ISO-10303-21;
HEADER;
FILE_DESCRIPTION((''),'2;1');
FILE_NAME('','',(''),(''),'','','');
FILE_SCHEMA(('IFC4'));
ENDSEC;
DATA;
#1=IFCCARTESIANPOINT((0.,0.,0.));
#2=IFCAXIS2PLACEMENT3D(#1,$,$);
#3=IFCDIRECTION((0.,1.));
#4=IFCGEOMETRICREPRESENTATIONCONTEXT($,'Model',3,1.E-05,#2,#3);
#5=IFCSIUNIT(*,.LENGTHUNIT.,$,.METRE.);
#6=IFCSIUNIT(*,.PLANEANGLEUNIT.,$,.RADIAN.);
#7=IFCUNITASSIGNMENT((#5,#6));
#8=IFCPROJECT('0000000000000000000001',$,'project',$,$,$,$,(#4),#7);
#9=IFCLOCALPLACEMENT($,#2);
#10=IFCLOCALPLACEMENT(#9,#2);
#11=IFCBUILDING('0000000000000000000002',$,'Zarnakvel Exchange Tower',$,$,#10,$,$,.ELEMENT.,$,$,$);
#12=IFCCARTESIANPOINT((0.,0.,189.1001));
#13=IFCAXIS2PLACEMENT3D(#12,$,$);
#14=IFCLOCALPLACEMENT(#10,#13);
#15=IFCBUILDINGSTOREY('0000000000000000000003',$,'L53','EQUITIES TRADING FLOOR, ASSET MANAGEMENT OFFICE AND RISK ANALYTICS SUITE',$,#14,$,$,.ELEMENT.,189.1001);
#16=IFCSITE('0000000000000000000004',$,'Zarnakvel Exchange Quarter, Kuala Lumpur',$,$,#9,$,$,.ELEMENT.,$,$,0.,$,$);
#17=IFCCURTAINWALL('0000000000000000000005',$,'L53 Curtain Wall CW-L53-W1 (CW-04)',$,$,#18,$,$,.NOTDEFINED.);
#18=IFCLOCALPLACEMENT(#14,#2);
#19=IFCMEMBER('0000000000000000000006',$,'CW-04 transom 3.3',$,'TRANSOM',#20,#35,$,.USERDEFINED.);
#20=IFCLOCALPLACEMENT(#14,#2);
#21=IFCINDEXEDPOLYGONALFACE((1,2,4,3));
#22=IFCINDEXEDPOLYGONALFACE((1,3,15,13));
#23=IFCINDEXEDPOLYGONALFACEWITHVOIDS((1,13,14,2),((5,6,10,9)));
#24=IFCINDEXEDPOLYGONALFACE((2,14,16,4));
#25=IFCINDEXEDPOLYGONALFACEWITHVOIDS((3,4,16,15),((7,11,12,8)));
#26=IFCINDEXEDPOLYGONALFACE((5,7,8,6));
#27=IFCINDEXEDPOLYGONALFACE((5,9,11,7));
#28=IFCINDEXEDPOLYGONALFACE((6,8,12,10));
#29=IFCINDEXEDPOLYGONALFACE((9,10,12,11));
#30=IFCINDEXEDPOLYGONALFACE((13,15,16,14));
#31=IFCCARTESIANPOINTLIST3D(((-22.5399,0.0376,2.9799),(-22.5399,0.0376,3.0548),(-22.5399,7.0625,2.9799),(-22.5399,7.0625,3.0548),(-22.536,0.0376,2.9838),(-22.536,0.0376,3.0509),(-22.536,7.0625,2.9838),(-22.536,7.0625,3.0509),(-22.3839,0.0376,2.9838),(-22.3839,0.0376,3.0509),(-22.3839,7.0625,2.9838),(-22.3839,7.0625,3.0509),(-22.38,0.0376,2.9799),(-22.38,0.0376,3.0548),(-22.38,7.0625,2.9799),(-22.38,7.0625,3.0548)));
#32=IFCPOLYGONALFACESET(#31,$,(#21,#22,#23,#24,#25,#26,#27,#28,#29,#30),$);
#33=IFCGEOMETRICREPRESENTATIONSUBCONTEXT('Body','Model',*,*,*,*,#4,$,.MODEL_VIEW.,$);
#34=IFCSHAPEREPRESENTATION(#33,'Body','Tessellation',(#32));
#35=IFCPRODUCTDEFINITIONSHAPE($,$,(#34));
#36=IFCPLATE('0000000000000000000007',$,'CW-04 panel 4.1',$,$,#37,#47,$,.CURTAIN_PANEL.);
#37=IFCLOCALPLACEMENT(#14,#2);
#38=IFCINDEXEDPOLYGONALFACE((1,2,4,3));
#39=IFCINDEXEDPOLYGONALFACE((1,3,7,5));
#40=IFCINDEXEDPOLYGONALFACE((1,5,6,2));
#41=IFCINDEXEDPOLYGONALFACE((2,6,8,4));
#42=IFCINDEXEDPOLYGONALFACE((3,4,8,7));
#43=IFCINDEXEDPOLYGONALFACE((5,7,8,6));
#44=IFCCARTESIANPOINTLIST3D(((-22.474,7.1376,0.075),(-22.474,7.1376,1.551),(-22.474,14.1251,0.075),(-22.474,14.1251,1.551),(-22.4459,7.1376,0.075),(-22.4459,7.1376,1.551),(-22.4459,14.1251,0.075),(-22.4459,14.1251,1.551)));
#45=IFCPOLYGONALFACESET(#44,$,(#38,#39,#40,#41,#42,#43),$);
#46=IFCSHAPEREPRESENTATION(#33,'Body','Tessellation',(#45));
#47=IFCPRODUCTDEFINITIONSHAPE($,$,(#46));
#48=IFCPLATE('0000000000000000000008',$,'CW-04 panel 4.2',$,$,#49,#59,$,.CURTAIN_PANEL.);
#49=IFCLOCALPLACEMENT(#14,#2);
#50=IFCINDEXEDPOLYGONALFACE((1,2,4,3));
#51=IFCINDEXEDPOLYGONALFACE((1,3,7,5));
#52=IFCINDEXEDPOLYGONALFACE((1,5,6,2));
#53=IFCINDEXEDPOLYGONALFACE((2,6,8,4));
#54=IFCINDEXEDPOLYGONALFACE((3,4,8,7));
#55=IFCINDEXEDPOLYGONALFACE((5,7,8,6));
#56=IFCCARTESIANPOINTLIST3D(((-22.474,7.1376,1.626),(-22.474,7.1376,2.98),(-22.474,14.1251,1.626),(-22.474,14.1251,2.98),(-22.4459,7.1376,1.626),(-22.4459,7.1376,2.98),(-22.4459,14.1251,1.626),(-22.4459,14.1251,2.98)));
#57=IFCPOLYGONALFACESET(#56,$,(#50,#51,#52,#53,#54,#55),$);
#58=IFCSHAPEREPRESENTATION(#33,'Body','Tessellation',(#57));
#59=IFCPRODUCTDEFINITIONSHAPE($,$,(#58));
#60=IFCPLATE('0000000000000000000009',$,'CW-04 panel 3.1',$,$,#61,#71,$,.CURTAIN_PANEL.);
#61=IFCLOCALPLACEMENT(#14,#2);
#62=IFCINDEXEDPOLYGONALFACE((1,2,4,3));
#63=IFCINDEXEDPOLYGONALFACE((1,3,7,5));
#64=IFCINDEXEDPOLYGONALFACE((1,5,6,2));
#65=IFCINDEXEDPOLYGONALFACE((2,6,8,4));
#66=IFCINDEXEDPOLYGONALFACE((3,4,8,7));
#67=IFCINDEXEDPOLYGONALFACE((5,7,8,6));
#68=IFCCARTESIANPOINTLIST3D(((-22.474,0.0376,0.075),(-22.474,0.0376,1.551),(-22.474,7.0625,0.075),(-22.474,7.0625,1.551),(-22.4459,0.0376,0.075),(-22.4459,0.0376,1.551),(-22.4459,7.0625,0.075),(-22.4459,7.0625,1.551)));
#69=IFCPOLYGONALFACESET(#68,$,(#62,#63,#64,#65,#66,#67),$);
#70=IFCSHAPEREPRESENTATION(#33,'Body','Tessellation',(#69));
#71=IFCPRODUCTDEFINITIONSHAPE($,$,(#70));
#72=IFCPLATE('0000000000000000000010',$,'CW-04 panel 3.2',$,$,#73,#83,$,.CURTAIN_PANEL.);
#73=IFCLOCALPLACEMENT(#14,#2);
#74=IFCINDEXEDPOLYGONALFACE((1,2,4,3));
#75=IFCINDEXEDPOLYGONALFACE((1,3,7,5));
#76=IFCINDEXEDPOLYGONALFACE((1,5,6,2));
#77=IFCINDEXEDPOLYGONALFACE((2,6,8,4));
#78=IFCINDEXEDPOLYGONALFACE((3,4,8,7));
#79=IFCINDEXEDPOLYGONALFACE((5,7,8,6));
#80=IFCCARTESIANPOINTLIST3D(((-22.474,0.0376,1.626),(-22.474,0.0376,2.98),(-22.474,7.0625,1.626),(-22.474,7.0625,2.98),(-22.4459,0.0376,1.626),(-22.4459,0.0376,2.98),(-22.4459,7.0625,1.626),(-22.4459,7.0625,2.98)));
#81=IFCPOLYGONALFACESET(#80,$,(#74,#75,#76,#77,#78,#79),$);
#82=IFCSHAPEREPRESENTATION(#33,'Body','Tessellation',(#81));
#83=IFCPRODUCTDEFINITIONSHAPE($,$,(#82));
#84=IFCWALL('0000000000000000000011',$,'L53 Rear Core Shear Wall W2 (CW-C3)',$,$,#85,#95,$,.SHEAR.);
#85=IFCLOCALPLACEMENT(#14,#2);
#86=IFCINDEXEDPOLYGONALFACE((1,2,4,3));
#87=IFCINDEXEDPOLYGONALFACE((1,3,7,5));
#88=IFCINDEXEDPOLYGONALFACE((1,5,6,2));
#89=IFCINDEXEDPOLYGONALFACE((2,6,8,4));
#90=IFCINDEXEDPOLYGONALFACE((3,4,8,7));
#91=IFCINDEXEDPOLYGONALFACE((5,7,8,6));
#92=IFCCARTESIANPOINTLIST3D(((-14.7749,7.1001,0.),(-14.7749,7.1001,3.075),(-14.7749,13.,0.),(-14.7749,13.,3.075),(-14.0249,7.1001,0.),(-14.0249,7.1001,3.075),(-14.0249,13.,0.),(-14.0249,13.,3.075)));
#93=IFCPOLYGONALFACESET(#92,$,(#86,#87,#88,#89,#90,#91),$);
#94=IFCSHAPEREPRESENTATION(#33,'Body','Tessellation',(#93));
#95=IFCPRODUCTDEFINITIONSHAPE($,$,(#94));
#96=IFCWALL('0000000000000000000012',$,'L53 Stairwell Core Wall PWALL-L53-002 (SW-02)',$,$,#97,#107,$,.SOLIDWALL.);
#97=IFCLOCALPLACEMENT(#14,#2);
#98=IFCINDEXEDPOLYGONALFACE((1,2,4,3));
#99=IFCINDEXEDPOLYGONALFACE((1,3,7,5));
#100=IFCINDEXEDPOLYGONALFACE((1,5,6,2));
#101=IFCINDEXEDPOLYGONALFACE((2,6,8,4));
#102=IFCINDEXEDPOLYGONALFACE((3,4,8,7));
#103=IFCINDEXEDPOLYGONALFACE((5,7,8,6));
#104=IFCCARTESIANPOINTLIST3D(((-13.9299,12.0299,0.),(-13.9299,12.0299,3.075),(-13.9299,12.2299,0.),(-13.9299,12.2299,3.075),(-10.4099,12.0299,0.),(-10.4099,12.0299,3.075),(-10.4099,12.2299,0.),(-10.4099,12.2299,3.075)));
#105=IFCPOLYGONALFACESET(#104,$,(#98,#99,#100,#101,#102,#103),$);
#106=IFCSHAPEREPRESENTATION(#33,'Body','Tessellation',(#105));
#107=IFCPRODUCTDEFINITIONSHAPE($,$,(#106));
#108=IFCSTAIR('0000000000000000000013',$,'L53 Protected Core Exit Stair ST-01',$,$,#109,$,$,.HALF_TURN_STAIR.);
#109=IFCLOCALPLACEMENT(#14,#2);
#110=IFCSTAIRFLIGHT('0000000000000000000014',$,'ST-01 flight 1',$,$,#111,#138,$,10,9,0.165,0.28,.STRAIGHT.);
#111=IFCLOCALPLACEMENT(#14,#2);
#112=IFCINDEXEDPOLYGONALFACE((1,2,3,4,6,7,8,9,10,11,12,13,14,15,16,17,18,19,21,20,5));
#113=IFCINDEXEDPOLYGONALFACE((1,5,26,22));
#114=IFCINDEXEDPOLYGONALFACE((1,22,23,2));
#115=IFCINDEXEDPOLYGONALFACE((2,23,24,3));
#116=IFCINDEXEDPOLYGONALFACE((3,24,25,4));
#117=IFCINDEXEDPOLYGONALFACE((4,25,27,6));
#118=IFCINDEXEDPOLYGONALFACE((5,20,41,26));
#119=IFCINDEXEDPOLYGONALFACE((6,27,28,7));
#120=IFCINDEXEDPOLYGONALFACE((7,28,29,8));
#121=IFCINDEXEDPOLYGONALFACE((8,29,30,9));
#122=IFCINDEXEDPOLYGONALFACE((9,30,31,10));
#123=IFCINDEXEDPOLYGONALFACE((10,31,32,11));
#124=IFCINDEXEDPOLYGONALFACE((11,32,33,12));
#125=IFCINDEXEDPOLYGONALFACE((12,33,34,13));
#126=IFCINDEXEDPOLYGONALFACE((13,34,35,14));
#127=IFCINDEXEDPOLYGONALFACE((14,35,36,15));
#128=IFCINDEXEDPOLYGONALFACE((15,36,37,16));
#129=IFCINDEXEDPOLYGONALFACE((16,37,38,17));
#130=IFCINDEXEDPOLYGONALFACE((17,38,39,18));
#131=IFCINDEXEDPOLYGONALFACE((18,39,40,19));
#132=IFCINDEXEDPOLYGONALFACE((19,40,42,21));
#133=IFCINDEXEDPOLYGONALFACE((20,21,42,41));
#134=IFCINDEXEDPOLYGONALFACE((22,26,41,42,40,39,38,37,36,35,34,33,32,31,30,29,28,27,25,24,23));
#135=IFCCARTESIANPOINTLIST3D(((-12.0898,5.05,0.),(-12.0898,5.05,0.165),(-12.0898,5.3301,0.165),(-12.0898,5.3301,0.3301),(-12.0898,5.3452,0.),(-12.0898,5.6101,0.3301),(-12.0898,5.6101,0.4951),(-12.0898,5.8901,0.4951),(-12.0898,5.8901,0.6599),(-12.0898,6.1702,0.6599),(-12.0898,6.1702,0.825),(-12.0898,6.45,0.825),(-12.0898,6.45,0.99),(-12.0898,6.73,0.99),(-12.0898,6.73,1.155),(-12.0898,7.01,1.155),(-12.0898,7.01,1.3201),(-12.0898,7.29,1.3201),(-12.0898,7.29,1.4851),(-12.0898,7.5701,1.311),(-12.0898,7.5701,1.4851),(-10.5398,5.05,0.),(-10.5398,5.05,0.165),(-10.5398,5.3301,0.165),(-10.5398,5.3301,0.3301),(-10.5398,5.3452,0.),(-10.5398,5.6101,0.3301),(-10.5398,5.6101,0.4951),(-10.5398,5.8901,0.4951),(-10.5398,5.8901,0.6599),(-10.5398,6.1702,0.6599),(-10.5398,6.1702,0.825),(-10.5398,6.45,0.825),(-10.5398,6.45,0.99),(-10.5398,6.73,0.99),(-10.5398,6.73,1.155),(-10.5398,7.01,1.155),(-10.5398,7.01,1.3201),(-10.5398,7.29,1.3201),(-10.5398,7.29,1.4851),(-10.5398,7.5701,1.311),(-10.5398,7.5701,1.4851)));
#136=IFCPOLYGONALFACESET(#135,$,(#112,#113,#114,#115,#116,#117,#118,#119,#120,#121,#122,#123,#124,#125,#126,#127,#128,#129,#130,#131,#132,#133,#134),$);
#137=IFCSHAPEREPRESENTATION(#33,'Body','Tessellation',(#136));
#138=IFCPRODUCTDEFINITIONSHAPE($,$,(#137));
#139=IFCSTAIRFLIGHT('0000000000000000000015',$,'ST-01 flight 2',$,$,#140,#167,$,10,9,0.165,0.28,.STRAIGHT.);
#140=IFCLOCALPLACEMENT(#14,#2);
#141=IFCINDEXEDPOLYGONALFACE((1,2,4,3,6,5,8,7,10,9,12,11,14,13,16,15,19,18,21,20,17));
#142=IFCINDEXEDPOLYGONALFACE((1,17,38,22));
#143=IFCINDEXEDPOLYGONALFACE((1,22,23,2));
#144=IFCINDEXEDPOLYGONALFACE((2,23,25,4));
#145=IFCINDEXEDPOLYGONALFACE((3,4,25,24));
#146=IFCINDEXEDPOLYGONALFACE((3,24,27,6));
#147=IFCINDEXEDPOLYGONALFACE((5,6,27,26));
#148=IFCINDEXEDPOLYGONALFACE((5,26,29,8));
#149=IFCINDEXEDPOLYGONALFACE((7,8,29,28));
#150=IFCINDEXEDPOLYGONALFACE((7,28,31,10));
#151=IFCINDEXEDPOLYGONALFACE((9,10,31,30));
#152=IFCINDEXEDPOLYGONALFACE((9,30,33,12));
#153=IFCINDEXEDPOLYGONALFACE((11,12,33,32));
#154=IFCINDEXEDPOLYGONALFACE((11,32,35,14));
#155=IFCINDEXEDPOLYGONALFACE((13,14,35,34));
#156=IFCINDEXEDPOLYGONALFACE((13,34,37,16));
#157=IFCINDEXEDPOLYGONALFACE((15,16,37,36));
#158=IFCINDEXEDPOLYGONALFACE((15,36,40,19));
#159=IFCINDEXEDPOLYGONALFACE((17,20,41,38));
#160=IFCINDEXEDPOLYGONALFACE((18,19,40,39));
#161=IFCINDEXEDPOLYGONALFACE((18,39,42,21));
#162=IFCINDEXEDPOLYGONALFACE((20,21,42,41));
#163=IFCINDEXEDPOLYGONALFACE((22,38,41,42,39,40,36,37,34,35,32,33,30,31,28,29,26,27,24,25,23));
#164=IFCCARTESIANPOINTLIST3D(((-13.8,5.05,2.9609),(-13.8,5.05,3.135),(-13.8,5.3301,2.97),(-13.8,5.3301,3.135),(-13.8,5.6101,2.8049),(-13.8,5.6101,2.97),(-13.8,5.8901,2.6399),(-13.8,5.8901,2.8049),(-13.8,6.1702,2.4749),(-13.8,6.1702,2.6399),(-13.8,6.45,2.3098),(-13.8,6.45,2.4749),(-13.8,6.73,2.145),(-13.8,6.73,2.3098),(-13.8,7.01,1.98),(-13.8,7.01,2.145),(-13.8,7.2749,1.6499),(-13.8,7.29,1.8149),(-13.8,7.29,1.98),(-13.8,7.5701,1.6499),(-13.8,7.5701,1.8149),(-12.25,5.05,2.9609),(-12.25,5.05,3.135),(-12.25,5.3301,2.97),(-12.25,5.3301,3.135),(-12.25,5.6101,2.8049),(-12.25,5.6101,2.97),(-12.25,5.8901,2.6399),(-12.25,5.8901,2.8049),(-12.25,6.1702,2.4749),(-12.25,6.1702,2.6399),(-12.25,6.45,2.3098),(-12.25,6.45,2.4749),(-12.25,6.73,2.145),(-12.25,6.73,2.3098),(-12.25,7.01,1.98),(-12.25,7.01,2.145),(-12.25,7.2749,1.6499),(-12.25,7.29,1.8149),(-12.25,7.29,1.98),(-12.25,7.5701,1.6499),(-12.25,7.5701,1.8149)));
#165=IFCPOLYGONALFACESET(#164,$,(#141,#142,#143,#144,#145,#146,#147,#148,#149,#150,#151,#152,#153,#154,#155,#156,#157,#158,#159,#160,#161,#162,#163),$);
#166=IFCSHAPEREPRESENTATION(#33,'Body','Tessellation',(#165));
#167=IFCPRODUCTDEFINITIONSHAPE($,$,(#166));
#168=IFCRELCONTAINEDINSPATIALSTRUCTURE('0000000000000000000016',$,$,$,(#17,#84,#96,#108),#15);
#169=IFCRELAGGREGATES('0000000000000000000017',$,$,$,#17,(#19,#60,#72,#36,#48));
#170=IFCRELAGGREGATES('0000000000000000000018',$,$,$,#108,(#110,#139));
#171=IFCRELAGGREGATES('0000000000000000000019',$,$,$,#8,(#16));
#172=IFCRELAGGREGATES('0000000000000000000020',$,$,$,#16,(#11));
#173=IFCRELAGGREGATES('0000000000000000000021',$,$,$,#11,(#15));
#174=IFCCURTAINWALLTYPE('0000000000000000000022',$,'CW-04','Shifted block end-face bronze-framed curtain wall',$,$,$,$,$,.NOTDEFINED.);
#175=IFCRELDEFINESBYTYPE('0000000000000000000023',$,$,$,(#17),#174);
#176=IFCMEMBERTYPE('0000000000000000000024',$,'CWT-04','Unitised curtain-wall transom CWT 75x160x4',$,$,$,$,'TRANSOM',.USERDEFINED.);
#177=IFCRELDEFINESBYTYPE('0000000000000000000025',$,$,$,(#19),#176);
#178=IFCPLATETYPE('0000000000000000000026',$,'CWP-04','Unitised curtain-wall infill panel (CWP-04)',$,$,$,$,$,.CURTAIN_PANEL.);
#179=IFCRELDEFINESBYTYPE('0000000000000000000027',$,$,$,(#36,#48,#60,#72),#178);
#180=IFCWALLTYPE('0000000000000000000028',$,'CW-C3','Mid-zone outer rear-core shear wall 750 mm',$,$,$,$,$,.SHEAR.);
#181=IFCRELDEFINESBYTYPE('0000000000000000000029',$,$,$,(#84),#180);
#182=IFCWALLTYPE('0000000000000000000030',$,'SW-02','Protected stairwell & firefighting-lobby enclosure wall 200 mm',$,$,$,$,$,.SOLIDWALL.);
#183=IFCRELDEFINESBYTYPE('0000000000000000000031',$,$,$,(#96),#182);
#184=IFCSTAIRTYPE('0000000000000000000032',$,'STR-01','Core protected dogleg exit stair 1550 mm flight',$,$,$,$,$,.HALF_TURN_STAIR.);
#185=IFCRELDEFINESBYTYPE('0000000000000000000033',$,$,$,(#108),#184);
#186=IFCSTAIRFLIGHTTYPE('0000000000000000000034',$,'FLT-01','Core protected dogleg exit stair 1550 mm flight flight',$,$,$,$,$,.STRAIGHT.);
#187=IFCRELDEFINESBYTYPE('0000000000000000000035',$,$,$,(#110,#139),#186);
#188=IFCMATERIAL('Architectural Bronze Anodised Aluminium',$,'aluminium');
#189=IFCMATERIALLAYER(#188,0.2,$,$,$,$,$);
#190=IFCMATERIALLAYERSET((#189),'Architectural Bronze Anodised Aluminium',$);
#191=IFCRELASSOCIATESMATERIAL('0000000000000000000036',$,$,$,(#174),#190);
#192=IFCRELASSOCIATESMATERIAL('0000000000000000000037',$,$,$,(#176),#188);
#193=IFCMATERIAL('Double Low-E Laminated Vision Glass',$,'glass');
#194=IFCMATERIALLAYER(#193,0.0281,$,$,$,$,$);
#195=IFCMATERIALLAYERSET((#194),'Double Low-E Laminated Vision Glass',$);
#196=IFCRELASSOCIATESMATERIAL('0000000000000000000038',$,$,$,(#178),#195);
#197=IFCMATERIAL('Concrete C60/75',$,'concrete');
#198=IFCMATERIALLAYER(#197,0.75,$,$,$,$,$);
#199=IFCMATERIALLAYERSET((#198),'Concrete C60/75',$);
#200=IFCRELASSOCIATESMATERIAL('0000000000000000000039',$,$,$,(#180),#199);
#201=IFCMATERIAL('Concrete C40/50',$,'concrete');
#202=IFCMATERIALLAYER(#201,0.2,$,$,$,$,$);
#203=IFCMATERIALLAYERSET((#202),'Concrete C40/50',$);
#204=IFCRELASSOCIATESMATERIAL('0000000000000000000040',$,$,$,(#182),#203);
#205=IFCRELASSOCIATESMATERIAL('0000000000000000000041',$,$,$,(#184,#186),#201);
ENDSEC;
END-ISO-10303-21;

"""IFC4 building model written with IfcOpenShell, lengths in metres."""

from ifc_helpers import new_model, si_unit, direction, frame, frame_2d, origin, origin_2d, place, context, subcontext, project, spatial, polyline, rectangle, hollow_rectangle, outline, extrude, source, transform, mapped, material, layer, layer_set, material_profile, profile_set, type_object, element, aggregate, save


model = new_model("IFC4")

# Units and contexts
model_context = context("Model", 3, precision=1e-05, world=origin(), true_north=direction((0.0, 1.0)))
body_context = subcontext(model_context, "Body", "Model", "MODEL_VIEW")
ifc_project = project(units=[si_unit("LENGTHUNIT", "METRE"), si_unit("PLANEANGLEUNIT", "RADIAN")], contexts=[model_context])

# Site, building, storey
site_placement = place(None, origin())
site = spatial("IfcSite", under=ifc_project, at=site_placement, Name="Zarnakvel Exchange Quarter, Kuala Lumpur", CompositionType="ELEMENT", RefElevation=0.0)
building_placement = place(site_placement, origin())
building = spatial("IfcBuilding", under=site, at=building_placement, Name="Zarnakvel Exchange Tower", CompositionType="ELEMENT")
storey_placement = place(building_placement, frame((0.0, 0.0, 189.1001)))
storey = spatial("IfcBuildingStorey", under=building, at=storey_placement, Name="L53", Description="EQUITIES TRADING FLOOR, ASSET MANAGEMENT OFFICE AND RISK ANALYTICS SUITE", CompositionType="ELEMENT", Elevation=189.1001)

# Shared definitions
ifc_material_1 = material(Name="Concrete C60/75", Category="concrete")

# Curtain wall, member, plates
ifc_material_2 = material(Name="Architectural Bronze Anodised Aluminium", Category="aluminium")
ifc_layer_1 = layer(ifc_material_2, 0.2)
ifc_layer_set_1 = layer_set([ifc_layer_1], Name="Architectural Bronze Anodised Aluminium")
curtain_wall_type = type_object("IfcCurtainWallType", Name="CW-04", Description="Shifted block end-face bronze-framed curtain wall", PredefinedType="NOTDEFINED", material=ifc_layer_set_1)
curtain_wall_placement = place(storey_placement, origin())
curtain_wall = element("IfcCurtainWall", 1, at=curtain_wall_placement, inside=storey, type_object=curtain_wall_type, Name="L53 Curtain Wall CW-L53-W1 (CW-04)", PredefinedType="NOTDEFINED")
ifc_material_profile_1 = material_profile(ifc_material_2, hollow_rectangle(XDim=0.1599, YDim=0.075, WallThickness=0.0039, at=origin_2d()))
ifc_profile_set_1 = profile_set([ifc_material_profile_1], Name="Architectural Bronze Anodised Aluminium")
member_type_1 = type_object("IfcMemberType", Name="CWT-04", Description="Unitised curtain-wall transom CWT 75x160x4", ElementType="TRANSOM", PredefinedType="USERDEFINED", material=ifc_profile_set_1)
shared_shape_1 = source(origin(), body_context, "Body", "SweptSolid", [
    extrude(hollow_rectangle(XDim=0.1599, YDim=0.075, WallThickness=0.0039, at=origin_2d()), origin(), (0.0, 0.0, 1.0), 7.0249),
])
member_1_placement = place(storey_placement, frame((-22.46, 0.0376, 3.0173), z_axis=(0.0, 1.0, 0.0), x_axis=(-1.0, 0.0, 0.0)))
member_1 = element("IfcMember", 2, at=member_1_placement, type_object=member_type_1, Name="CW-04 transom 3.3", ObjectType="TRANSOM", PredefinedType="USERDEFINED", context=body_context, shape_type="MappedRepresentation", body=[
    mapped(shared_shape_1, transform((0.0, 0.0, 0.0), x_axis=(1.0, 0.0, 0.0), y_axis=(0.0, 1.0, 0.0), z_axis=(0.0, 0.0, 1.0), scale=1.0)),
])
ifc_material_3 = material(Name="Double Low-E Laminated Vision Glass", Category="glass")
ifc_layer_2 = layer(ifc_material_3, 0.0281)
ifc_layer_set_2 = layer_set([ifc_layer_2], Name="Double Low-E Laminated Vision Glass")
plate_type = type_object("IfcPlateType", Name="CWP-04", Description="Unitised curtain-wall infill panel (CWP-04)", PredefinedType="CURTAIN_PANEL", material=ifc_layer_set_2)
shared_shape_2 = source(origin(), body_context, "Body", "SweptSolid", [
    extrude(rectangle(XDim=6.9875, YDim=0.0281, at=origin_2d()), origin(), (0.0, 0.0, 1.0), 1.4761),
])
plate_1_placement = place(storey_placement, frame((-22.46, 10.6313, 0.075), z_axis=(0.0, 0.0, 1.0), x_axis=(0.0, 1.0, 0.0)))
plate_1 = element("IfcPlate", 3, at=plate_1_placement, type_object=plate_type, Name="CW-04 panel 4.1", PredefinedType="CURTAIN_PANEL", context=body_context, shape_type="MappedRepresentation", body=[
    mapped(shared_shape_2, transform((0.0, 0.0, 0.0), x_axis=(1.0, 0.0, 0.0), y_axis=(0.0, 1.0, 0.0), z_axis=(0.0, 0.0, 1.0), scale=1.0)),
])
shared_shape_3 = source(origin(), body_context, "Body", "SweptSolid", [
    extrude(rectangle(XDim=6.9875, YDim=0.0281, at=origin_2d()), origin(), (0.0, 0.0, 1.0), 1.354),
])
plate_2_placement = place(storey_placement, frame((-22.46, 10.6313, 1.626), z_axis=(0.0, 0.0, 1.0), x_axis=(0.0, 1.0, 0.0)))
plate_2 = element("IfcPlate", 4, at=plate_2_placement, type_object=plate_type, Name="CW-04 panel 4.2", PredefinedType="CURTAIN_PANEL", context=body_context, shape_type="MappedRepresentation", body=[
    mapped(shared_shape_3, transform((0.0, 0.0, 0.0), x_axis=(1.0, 0.0, 0.0), y_axis=(0.0, 1.0, 0.0), z_axis=(0.0, 0.0, 1.0), scale=1.0)),
])
shared_shape_4 = source(origin(), body_context, "Body", "SweptSolid", [
    extrude(rectangle(XDim=7.0249, YDim=0.0281, at=origin_2d()), origin(), (0.0, 0.0, 1.0), 1.4761),
])
plate_3_placement = place(storey_placement, frame((-22.46, 3.55, 0.075), z_axis=(0.0, 0.0, 1.0), x_axis=(0.0, 1.0, 0.0)))
plate_3 = element("IfcPlate", 5, at=plate_3_placement, type_object=plate_type, Name="CW-04 panel 3.1", PredefinedType="CURTAIN_PANEL", context=body_context, shape_type="MappedRepresentation", body=[
    mapped(shared_shape_4, transform((0.0, 0.0, 0.0), x_axis=(1.0, 0.0, 0.0), y_axis=(0.0, 1.0, 0.0), z_axis=(0.0, 0.0, 1.0), scale=1.0)),
])
shared_shape_5 = source(origin(), body_context, "Body", "SweptSolid", [
    extrude(rectangle(XDim=7.0249, YDim=0.0281, at=origin_2d()), origin(), (0.0, 0.0, 1.0), 1.354),
])
plate_4_placement = place(storey_placement, frame((-22.46, 3.55, 1.626), z_axis=(0.0, 0.0, 1.0), x_axis=(0.0, 1.0, 0.0)))
plate_4 = element("IfcPlate", 6, at=plate_4_placement, type_object=plate_type, Name="CW-04 panel 3.2", PredefinedType="CURTAIN_PANEL", context=body_context, shape_type="MappedRepresentation", body=[
    mapped(shared_shape_5, transform((0.0, 0.0, 0.0), x_axis=(1.0, 0.0, 0.0), y_axis=(0.0, 1.0, 0.0), z_axis=(0.0, 0.0, 1.0), scale=1.0)),
])
aggregate(curtain_wall, [member_1, plate_3, plate_4, plate_1, plate_2])

# Walls
ifc_layer_3 = layer(ifc_material_1, 0.75)
ifc_layer_set_3 = layer_set([ifc_layer_3], Name="Concrete C60/75")
wall_type_1 = type_object("IfcWallType", Name="CW-C3", Description="Mid-zone outer rear-core shear wall 750 mm", PredefinedType="SHEAR", material=ifc_layer_set_3)
wall_1_placement = place(storey_placement, frame((-14.3999, 7.1001, 0.0), z_axis=(0.0, 0.0, 1.0), x_axis=(0.0, 1.0, 0.0)))
element("IfcWall", 7, at=wall_1_placement, inside=storey, type_object=wall_type_1, Name="L53 Rear Core Shear Wall W2 (CW-C3)", PredefinedType="SHEAR", context=body_context, shape_type="SweptSolid", body=[
    extrude(rectangle(XDim=5.8999, YDim=0.75, at=frame_2d((2.95, 0.0))), origin(), (0.0, 0.0, 1.0), 3.075),
])
ifc_material_4 = material(Name="Concrete C40/50", Category="concrete")
ifc_layer_4 = layer(ifc_material_4, 0.2)
ifc_layer_set_4 = layer_set([ifc_layer_4], Name="Concrete C40/50")
wall_type_2 = type_object("IfcWallType", Name="SW-02", Description="Protected stairwell & firefighting-lobby enclosure wall 200 mm", PredefinedType="SOLIDWALL", material=ifc_layer_set_4)
wall_2_placement = place(storey_placement, frame((-13.9299, 12.1299, 0.0), z_axis=(0.0, 0.0, 1.0), x_axis=(1.0, 0.0, 0.0)))
element("IfcWall", 8, at=wall_2_placement, inside=storey, type_object=wall_type_2, Name="L53 Stairwell Core Wall PWALL-L53-002 (SW-02)", PredefinedType="SOLIDWALL", context=body_context, shape_type="SweptSolid", body=[
    extrude(rectangle(XDim=3.52, YDim=0.2, at=frame_2d((1.76, 0.0))), origin(), (0.0, 0.0, 1.0), 3.075),
])

# Stair, stair flights
stair_type = type_object("IfcStairType", Name="STR-01", Description="Core protected dogleg exit stair 1550 mm flight", PredefinedType="HALF_TURN_STAIR", material=ifc_material_4)
stair_placement = place(storey_placement, origin())
stair = element("IfcStair", 9, at=stair_placement, inside=storey, type_object=stair_type, Name="L53 Protected Core Exit Stair ST-01", PredefinedType="HALF_TURN_STAIR")
stair_flight_type = type_object("IfcStairFlightType", Name="FLT-01", Description="Core protected dogleg exit stair 1550 mm flight flight", PredefinedType="STRAIGHT", material=ifc_material_4)
stair_flight_1_placement = place(storey_placement, frame((-11.3149, 5.05, 0.0), z_axis=(0.0, 0.0, 1.0), x_axis=(0.0, 1.0, 0.0)))
stair_flight_1 = element("IfcStairFlight", 10, at=stair_flight_1_placement, type_object=stair_flight_type, Name="ST-01 flight 1", NumberOfRisers=10, NumberOfTreads=9, PredefinedType="STRAIGHT", RiserHeight=0.165, TreadLength=0.28, context=body_context, shape_type="SweptSolid", body=[
    extrude(outline(polyline([(0.0, 0.0), (0.0, 0.165), (0.28, 0.165), (0.28, 0.3301), (0.5601, 0.3301), (0.5601, 0.4951), (0.8401, 0.4951), (0.8401, 0.6599), (1.1201, 0.6599), (1.1201, 0.825), (1.3999, 0.825), (1.3999, 0.99), (1.6799, 0.99), (1.6799, 1.155), (1.96, 1.155), (1.96, 1.3201), (2.24, 1.3201), (2.24, 1.4851), (2.52, 1.4851), (2.52, 1.6499), (2.52, 1.311), (0.2952, 0.0), (0.0, 0.0)])), frame((0.0, 0.7749, 0.0), z_axis=(0.0, -1.0, 0.0), x_axis=(1.0, 0.0, 0.0)), (0.0, 0.0, 1.0), 1.55),
])
stair_flight_2_placement = place(storey_placement, frame((-13.0249, 7.5701, 1.6499), z_axis=(0.0, 0.0, 1.0), x_axis=(0.0, -1.0, 0.0)))
stair_flight_2 = element("IfcStairFlight", 11, at=stair_flight_2_placement, type_object=stair_flight_type, Name="ST-01 flight 2", NumberOfRisers=10, NumberOfTreads=9, PredefinedType="STRAIGHT", RiserHeight=0.165, TreadLength=0.28, context=body_context, shape_type="SweptSolid", body=[
    extrude(outline(polyline([(0.0, 0.0), (0.0, 0.165), (0.28, 0.165), (0.28, 0.3301), (0.5601, 0.3301), (0.5601, 0.4951), (0.8401, 0.4951), (0.8401, 0.6599), (1.1201, 0.6599), (1.1201, 0.825), (1.3999, 0.825), (1.3999, 0.99), (1.6799, 0.99), (1.6799, 1.155), (1.96, 1.155), (1.96, 1.3201), (2.24, 1.3201), (2.24, 1.4851), (2.52, 1.4851), (2.52, 1.6499), (2.52, 1.311), (0.2952, 0.0), (0.0, 0.0)])), frame((0.0, 0.7749, 0.0), z_axis=(0.0, -1.0, 0.0), x_axis=(1.0, 0.0, 0.0)), (0.0, 0.0, 1.0), 1.55),
])
aggregate(stair, [stair_flight_1, stair_flight_2])

save(model, "model.ifc")
